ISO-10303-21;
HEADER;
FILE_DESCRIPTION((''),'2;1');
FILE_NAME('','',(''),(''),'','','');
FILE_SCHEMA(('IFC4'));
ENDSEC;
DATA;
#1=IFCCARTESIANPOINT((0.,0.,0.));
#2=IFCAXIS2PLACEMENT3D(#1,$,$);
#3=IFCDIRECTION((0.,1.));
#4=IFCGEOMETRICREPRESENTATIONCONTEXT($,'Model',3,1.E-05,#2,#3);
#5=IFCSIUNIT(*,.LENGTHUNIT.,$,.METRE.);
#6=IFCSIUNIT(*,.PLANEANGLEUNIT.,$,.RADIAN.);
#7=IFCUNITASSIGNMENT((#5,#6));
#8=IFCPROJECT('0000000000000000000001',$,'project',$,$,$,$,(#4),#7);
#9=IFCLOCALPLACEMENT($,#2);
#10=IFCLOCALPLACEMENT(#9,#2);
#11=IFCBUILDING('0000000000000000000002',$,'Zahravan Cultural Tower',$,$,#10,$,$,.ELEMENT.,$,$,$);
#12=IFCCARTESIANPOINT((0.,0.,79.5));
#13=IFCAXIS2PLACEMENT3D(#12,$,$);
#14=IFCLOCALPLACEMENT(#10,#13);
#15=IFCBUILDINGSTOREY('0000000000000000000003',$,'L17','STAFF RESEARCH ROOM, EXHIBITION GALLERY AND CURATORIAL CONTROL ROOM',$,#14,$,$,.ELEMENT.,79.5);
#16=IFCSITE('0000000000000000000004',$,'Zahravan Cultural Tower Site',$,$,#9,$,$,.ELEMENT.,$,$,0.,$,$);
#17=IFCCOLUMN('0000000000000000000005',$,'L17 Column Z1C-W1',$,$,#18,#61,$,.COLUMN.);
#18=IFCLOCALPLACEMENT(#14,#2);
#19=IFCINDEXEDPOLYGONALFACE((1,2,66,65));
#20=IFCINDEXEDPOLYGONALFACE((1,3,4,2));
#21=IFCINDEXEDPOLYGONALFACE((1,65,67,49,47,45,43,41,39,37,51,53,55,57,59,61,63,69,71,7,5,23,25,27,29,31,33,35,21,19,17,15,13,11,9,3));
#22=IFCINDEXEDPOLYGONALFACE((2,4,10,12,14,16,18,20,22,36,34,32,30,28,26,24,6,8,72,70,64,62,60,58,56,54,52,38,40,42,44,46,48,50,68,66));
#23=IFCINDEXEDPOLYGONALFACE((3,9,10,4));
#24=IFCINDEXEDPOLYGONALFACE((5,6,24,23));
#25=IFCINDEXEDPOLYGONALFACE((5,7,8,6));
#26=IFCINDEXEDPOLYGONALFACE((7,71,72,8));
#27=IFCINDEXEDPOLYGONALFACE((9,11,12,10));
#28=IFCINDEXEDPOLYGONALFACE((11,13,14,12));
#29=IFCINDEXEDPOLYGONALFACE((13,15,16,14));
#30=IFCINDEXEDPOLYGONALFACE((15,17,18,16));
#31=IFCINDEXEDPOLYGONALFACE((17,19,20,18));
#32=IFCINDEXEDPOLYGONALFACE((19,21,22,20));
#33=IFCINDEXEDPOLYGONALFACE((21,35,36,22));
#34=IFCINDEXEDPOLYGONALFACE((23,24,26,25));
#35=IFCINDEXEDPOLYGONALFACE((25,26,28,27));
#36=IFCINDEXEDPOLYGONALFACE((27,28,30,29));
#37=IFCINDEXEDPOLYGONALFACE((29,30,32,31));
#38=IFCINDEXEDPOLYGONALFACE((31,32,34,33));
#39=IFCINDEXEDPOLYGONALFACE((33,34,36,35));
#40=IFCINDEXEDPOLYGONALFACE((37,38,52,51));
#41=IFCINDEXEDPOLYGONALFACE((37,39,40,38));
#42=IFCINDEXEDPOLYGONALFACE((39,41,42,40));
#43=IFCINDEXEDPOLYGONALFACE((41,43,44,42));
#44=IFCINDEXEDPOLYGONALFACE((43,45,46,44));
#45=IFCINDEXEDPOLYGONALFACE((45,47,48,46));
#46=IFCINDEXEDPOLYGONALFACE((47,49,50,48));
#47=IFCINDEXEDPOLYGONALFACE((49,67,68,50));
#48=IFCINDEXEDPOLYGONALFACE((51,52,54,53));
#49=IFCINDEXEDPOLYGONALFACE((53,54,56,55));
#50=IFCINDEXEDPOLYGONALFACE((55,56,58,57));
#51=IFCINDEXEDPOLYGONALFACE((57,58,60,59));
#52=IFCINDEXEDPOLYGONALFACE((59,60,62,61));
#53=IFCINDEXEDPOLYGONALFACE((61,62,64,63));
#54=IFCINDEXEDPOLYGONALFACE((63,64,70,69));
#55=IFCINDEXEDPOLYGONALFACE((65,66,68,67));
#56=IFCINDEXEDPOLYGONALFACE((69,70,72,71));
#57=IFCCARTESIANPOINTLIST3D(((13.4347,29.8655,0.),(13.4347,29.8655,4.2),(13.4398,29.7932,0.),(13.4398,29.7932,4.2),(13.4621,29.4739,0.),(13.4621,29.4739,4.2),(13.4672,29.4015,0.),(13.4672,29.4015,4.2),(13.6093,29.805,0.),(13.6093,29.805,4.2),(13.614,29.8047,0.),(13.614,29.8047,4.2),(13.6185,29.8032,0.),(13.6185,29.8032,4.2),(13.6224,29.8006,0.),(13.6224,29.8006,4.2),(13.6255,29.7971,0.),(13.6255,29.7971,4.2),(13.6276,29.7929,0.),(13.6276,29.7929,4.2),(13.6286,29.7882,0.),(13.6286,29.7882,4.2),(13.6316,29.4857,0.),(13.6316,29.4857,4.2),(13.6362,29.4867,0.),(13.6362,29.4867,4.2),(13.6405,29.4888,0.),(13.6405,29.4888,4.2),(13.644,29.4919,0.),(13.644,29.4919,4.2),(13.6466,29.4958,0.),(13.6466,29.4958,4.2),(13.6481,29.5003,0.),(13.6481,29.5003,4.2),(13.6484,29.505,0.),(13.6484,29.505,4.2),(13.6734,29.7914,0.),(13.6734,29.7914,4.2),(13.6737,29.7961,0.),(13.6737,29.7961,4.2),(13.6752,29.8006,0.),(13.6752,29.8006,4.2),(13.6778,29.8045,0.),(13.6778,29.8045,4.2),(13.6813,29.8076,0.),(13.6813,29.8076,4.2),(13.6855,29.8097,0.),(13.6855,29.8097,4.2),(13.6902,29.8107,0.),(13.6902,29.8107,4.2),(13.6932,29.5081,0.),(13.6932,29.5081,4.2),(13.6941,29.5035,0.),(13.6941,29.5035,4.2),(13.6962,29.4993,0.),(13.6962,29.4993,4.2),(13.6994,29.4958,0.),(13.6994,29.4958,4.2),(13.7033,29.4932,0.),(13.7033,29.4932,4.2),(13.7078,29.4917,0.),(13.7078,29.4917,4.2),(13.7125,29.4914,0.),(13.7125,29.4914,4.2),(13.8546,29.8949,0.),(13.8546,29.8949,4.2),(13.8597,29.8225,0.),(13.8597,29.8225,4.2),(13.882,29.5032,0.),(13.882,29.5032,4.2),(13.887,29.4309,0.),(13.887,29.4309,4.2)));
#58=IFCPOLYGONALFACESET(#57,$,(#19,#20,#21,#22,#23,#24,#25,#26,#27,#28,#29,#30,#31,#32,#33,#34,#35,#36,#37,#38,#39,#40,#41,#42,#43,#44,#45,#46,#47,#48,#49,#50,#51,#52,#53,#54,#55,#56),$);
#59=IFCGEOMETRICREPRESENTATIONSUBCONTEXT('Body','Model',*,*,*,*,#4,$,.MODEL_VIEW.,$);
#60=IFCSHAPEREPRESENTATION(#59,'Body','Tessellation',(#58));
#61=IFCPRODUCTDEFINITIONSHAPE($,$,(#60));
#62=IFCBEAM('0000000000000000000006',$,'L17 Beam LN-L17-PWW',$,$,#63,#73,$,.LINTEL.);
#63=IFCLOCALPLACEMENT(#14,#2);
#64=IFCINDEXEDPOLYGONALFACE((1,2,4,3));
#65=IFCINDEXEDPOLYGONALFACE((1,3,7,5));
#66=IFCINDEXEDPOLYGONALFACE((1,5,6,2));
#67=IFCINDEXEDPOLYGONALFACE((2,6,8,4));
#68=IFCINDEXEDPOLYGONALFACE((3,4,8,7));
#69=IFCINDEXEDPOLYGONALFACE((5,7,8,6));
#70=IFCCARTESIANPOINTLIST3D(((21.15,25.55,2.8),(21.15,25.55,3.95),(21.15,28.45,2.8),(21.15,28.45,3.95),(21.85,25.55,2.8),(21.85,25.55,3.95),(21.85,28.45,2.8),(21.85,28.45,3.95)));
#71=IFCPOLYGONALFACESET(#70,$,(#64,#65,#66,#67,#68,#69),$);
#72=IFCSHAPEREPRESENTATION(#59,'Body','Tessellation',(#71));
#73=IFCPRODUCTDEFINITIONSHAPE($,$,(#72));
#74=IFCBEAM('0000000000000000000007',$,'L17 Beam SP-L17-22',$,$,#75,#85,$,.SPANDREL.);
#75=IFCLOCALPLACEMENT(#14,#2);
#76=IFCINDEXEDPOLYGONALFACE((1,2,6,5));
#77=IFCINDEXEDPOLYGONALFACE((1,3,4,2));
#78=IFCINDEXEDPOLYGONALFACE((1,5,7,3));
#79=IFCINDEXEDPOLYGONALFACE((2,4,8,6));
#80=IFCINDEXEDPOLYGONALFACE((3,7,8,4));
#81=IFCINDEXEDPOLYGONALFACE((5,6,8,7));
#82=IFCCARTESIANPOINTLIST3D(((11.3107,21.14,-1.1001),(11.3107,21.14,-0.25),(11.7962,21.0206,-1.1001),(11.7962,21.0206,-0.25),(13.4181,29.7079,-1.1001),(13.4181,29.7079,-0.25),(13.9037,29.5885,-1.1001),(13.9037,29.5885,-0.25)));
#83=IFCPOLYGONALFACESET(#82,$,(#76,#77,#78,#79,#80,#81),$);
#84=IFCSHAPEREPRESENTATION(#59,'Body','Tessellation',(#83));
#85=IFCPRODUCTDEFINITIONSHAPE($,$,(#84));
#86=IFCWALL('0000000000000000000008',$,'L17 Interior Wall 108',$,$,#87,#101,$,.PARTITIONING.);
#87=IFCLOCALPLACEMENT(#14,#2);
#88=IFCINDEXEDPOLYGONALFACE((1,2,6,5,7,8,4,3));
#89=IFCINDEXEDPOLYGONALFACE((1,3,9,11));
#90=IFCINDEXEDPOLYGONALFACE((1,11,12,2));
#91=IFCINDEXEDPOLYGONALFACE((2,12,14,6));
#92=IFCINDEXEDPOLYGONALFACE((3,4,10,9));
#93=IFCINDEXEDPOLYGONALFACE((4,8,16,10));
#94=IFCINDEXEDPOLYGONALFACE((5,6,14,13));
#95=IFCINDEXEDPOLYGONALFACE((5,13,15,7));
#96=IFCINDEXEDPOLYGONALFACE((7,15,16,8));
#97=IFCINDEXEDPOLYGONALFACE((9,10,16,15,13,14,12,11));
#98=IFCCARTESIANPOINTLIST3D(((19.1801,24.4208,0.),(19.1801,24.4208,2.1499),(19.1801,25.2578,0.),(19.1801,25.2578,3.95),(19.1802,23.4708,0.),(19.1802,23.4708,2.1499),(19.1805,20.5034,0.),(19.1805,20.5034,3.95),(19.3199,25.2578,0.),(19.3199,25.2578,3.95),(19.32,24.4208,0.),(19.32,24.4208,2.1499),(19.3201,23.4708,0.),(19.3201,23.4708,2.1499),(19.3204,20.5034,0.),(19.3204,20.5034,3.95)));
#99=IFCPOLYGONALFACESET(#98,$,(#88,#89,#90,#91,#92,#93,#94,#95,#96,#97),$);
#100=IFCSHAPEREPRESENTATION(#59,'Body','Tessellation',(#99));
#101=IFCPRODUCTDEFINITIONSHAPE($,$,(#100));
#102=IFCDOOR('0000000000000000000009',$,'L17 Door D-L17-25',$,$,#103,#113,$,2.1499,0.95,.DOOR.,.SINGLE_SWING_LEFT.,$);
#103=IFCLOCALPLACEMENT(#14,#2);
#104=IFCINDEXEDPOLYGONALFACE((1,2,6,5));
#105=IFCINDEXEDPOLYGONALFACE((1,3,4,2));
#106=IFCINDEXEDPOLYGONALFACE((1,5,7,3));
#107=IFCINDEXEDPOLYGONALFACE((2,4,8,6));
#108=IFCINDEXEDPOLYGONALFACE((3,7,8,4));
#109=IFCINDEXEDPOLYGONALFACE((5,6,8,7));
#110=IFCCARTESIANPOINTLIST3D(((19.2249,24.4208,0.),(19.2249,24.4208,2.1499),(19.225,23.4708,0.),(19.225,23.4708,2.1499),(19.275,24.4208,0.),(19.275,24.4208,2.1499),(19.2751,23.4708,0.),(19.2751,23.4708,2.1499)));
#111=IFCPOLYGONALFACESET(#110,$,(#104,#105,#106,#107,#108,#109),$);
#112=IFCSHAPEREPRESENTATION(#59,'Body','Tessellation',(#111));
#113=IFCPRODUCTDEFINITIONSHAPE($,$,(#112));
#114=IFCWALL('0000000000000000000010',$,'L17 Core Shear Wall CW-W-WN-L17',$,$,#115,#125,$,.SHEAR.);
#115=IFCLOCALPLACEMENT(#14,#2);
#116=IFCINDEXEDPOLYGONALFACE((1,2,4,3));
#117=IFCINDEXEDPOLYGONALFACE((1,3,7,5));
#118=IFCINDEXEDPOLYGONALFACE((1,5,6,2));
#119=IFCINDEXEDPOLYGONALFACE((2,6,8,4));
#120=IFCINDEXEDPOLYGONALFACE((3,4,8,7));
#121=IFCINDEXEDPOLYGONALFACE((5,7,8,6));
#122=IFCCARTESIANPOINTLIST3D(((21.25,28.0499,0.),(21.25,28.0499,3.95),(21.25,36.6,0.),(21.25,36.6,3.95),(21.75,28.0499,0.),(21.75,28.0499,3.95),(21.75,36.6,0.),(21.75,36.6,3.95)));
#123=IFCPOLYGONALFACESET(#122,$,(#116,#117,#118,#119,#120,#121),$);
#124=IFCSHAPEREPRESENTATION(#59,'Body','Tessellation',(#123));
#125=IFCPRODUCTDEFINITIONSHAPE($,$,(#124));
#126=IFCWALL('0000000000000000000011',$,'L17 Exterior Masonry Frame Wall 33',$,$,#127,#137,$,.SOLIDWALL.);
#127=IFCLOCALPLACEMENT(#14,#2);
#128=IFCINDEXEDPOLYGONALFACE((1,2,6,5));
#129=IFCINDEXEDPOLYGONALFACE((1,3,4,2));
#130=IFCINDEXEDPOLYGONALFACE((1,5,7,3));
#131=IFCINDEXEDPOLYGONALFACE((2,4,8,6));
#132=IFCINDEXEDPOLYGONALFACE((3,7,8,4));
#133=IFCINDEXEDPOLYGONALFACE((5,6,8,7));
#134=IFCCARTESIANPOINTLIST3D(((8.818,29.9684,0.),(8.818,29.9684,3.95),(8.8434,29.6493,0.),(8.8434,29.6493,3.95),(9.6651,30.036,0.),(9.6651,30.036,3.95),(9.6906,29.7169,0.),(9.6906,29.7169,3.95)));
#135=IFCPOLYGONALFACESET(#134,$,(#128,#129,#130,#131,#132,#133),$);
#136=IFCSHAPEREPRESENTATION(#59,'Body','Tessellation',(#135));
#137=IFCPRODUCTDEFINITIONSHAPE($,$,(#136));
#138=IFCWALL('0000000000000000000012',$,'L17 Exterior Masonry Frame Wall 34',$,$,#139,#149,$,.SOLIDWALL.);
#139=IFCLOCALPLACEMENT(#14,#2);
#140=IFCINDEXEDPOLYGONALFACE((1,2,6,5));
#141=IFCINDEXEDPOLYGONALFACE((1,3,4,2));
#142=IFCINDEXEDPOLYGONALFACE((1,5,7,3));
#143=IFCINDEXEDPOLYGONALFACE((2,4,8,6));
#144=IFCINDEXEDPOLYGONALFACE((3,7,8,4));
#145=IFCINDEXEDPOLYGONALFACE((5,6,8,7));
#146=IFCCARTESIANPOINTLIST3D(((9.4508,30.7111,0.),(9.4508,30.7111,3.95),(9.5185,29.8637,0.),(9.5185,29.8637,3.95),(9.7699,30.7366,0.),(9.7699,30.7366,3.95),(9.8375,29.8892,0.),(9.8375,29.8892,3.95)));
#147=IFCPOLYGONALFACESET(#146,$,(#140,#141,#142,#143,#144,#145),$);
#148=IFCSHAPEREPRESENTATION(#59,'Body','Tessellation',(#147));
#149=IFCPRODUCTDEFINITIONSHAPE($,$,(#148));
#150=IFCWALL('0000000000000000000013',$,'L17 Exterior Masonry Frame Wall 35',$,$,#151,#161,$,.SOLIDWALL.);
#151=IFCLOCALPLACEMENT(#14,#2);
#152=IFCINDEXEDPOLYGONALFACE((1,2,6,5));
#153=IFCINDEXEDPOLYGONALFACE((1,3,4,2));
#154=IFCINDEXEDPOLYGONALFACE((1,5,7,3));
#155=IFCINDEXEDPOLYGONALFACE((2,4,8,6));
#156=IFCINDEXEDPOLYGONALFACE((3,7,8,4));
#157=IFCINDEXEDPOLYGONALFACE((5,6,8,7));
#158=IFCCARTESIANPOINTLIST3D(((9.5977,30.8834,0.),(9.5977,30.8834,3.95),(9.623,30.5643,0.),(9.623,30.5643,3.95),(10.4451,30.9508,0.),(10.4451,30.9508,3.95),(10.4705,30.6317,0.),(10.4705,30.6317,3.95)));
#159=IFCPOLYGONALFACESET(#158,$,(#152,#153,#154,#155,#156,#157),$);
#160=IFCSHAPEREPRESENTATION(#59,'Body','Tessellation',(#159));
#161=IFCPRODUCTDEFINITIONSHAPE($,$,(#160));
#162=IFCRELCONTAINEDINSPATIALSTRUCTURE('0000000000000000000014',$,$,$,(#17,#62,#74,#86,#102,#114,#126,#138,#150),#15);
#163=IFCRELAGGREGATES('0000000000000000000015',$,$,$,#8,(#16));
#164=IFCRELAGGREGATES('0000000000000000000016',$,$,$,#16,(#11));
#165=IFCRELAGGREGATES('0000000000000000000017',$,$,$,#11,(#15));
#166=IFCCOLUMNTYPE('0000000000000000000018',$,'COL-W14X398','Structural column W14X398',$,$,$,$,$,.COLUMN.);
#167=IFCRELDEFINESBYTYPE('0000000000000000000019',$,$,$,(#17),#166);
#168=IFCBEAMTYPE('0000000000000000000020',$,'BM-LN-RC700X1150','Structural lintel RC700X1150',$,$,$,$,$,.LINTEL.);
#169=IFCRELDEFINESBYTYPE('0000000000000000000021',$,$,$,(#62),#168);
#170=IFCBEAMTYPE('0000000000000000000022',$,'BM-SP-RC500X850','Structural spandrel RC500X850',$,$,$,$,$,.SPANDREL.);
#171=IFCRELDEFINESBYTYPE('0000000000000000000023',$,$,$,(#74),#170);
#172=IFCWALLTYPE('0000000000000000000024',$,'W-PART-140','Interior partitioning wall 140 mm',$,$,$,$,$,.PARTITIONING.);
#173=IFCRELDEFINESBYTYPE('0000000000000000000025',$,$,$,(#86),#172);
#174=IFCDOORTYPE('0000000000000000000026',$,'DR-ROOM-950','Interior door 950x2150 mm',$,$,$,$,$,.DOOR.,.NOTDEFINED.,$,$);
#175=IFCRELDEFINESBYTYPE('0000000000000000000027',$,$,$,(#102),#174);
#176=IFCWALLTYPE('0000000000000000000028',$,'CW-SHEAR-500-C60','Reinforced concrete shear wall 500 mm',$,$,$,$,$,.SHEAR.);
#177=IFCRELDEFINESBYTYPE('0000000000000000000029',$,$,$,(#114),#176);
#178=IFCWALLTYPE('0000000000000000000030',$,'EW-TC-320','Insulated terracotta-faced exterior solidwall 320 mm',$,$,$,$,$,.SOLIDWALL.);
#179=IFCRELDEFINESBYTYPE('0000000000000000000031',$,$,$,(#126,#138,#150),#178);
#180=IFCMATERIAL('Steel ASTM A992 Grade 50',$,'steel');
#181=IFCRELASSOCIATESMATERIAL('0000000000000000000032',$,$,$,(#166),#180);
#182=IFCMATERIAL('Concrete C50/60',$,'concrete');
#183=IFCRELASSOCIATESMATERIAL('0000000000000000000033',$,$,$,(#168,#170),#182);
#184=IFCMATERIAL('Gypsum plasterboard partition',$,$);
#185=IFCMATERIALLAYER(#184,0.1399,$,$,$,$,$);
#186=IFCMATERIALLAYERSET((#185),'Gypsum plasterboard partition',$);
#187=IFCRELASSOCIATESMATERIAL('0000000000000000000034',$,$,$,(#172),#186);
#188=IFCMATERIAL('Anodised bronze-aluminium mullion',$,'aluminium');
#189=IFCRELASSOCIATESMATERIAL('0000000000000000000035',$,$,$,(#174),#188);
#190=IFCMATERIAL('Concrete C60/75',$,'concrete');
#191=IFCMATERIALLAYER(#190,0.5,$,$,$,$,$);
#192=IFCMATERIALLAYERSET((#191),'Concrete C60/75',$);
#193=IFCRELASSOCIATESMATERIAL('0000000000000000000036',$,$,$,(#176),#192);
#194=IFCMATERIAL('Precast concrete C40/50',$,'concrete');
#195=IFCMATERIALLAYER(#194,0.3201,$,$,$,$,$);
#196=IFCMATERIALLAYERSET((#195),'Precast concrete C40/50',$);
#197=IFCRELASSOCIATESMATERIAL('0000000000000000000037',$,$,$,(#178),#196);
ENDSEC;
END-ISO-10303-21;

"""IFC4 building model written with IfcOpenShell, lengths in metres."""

from ifc_helpers import new_model, si_unit, direction, frame, frame_2d, origin, origin_2d, place, context, subcontext, project, spatial, rectangle, i_section, extrude, source, transform, mapped, material, layer, layer_set, material_profile, profile_set, type_object, element, fill, save


model = new_model("IFC4")

# Units and contexts
model_context = context("Model", 3, precision=1e-05, world=origin(), true_north=direction((0.0, 1.0)))
body_context = subcontext(model_context, "Body", "Model", "MODEL_VIEW")
ifc_project = project(units=[si_unit("LENGTHUNIT", "METRE"), si_unit("PLANEANGLEUNIT", "RADIAN")], contexts=[model_context])

# Site, building, storey
site_placement = place(None, origin())
site = spatial("IfcSite", under=ifc_project, at=site_placement, Name="Zahravan Cultural Tower Site", CompositionType="ELEMENT", RefElevation=0.0)
building_placement = place(site_placement, origin())
building = spatial("IfcBuilding", under=site, at=building_placement, Name="Zahravan Cultural Tower", CompositionType="ELEMENT")
storey_placement = place(building_placement, frame((0.0, 0.0, 79.5)))
storey = spatial("IfcBuildingStorey", under=building, at=storey_placement, Name="L17", Description="STAFF RESEARCH ROOM, EXHIBITION GALLERY AND CURATORIAL CONTROL ROOM", CompositionType="ELEMENT", Elevation=79.5)

# Column
ifc_material_1 = material(Name="Steel ASTM A992 Grade 50", Category="steel")
ifc_material_profile_1 = material_profile(ifc_material_1, i_section(OverallWidth=0.4209, OverallDepth=0.4651, WebThickness=0.0449, FlangeThickness=0.0725, FilletRadius=0.0181, at=origin_2d()), Name="W14X398")
ifc_profile_set_1 = profile_set([ifc_material_profile_1], Name="Steel ASTM A992 Grade 50")
column_type = type_object("IfcColumnType", Name="COL-W14X398", Description="Structural column W14X398", PredefinedType="COLUMN", material=ifc_profile_set_1)
shared_shape_1 = source(origin(), body_context, "Body", "SweptSolid", [
    extrude(i_section(OverallWidth=0.4209, OverallDepth=0.4651, WebThickness=0.0449, FlangeThickness=0.0725, FilletRadius=0.0181, at=origin_2d()), origin(), (0.0, 0.0, 1.0), 4.2),
])
column_placement = place(storey_placement, frame((13.6609, 29.6482, 0.0), z_axis=(0.0, 0.0, 1.0), x_axis=(0.997564, 0.069756, 0.0)))
element("IfcColumn", 1, at=column_placement, inside=storey, type_object=column_type, Name="L17 Column Z1C-W1", PredefinedType="COLUMN", context=body_context, shape_type="MappedRepresentation", body=[
    mapped(shared_shape_1, transform((0.0, 0.0, 0.0), x_axis=(1.0, 0.0, 0.0), y_axis=(0.0, 1.0, 0.0), z_axis=(0.0, 0.0, 1.0), scale=1.0)),
])

# Beams
ifc_material_2 = material(Name="Concrete C50/60", Category="concrete")
ifc_material_profile_2 = material_profile(ifc_material_2, rectangle(XDim=0.7, YDim=1.1499, at=origin_2d()), Name="RC700X1150")
ifc_profile_set_2 = profile_set([ifc_material_profile_2], Name="Concrete C50/60")
beam_type_1 = type_object("IfcBeamType", Name="BM-LN-RC700X1150", Description="Structural lintel RC700X1150", PredefinedType="LINTEL", material=ifc_profile_set_2)
shared_shape_2 = source(origin(), body_context, "Body", "SweptSolid", [
    extrude(rectangle(XDim=0.7, YDim=1.1499, at=origin_2d()), origin(), (0.0, 0.0, 1.0), 2.8999),
])
beam_1_placement = place(storey_placement, frame((21.5, 25.55, 3.375), z_axis=(0.0, 1.0, 0.0), x_axis=(-1.0, 0.0, 0.0)))
element("IfcBeam", 2, at=beam_1_placement, inside=storey, type_object=beam_type_1, Name="L17 Beam LN-L17-PWW", PredefinedType="LINTEL", context=body_context, shape_type="MappedRepresentation", body=[
    mapped(shared_shape_2, transform((0.0, 0.0, 0.0), x_axis=(1.0, 0.0, 0.0), y_axis=(0.0, 1.0, 0.0), z_axis=(0.0, 0.0, 1.0), scale=1.0)),
])
ifc_material_profile_3 = material_profile(ifc_material_2, rectangle(XDim=0.5, YDim=0.8501, at=origin_2d()), Name="RC500X850")
ifc_profile_set_3 = profile_set([ifc_material_profile_3], Name="Concrete C50/60")
beam_type_2 = type_object("IfcBeamType", Name="BM-SP-RC500X850", Description="Structural spandrel RC500X850", PredefinedType="SPANDREL", material=ifc_profile_set_3)
shared_shape_3 = source(origin(), body_context, "Body", "SweptSolid", [
    extrude(rectangle(XDim=0.5, YDim=0.8501, at=origin_2d()), origin(), (0.0, 0.0, 1.0), 8.8232),
])
beam_2_placement = place(storey_placement, frame((13.6609, 29.6482, -0.675), z_axis=(-0.238849, -0.971057, 0.0), x_axis=(0.971057, -0.238849, 0.0)))
element("IfcBeam", 3, at=beam_2_placement, inside=storey, type_object=beam_type_2, Name="L17 Beam SP-L17-22", PredefinedType="SPANDREL", context=body_context, shape_type="MappedRepresentation", body=[
    mapped(shared_shape_3, transform((0.0, 0.0, 0.0), x_axis=(1.0, 0.0, 0.0), y_axis=(0.0, 1.0, 0.0), z_axis=(0.0, 0.0, 1.0), scale=1.0)),
])

# Wall, opening, door
ifc_material_3 = material(Name="Gypsum plasterboard partition")
ifc_layer_1 = layer(ifc_material_3, 0.1399)
ifc_layer_set_1 = layer_set([ifc_layer_1], Name="Gypsum plasterboard partition")
wall_type_1 = type_object("IfcWallType", Name="W-PART-140", Description="Interior partitioning wall 140 mm", PredefinedType="PARTITIONING", material=ifc_layer_set_1)
wall_1_placement = place(storey_placement, frame((19.25, 25.2578, 0.0), z_axis=(0.0, 0.0, 1.0), x_axis=(0.000103, -1.0, 0.0)))
wall_1 = element("IfcWall", 4, at=wall_1_placement, inside=storey, type_object=wall_type_1, Name="L17 Interior Wall 108", PredefinedType="PARTITIONING", context=body_context, shape_type="SweptSolid", body=[
    extrude(rectangle(XDim=4.7544, YDim=0.1399, at=frame_2d((2.3772, 0.0))), origin(), (0.0, 0.0, 1.0), 3.95),
])
opening_placement = place(wall_1_placement, frame((0.8369, 0.0, 0.0)))
opening = element("IfcOpeningElement", 5, at=opening_placement, cuts=wall_1, PredefinedType="OPENING", context=body_context, shape_type="SweptSolid", body=[
    extrude(rectangle(XDim=0.95, YDim=2.1499, at=frame_2d((0.4751, 1.075))), frame((0.0, 0.0798, 0.0), z_axis=(0.0, -1.0, 0.0), x_axis=(1.0, 0.0, 0.0)), (0.0, 0.0, 1.0), 0.1599),
])
ifc_material_4 = material(Name="Anodised bronze-aluminium mullion", Category="aluminium")
door_type = type_object("IfcDoorType", Name="DR-ROOM-950", Description="Interior door 950x2150 mm", OperationType="NOTDEFINED", PredefinedType="DOOR", material=ifc_material_4)
shared_shape_4 = source(origin(), body_context, "Body", "SweptSolid", [
    extrude(rectangle(XDim=0.95, YDim=2.1499, at=frame_2d((0.4751, 1.075))), frame((0.0, 0.0249, 0.0), z_axis=(0.0, -1.0, 0.0), x_axis=(1.0, 0.0, 0.0)), (0.0, 0.0, 1.0), 0.05),
])
door_placement = place(opening_placement, origin())
door = element("IfcDoor", 6, at=door_placement, inside=storey, type_object=door_type, Name="L17 Door D-L17-25", OperationType="SINGLE_SWING_LEFT", OverallHeight=2.1499, OverallWidth=0.95, PredefinedType="DOOR", context=body_context, shape_type="MappedRepresentation", body=[
    mapped(shared_shape_4, transform((0.0, 0.0, 0.0), x_axis=(1.0, 0.0, 0.0), y_axis=(0.0, 1.0, 0.0), z_axis=(0.0, 0.0, 1.0), scale=1.0)),
])
fill(opening, door)

# Walls
ifc_material_5 = material(Name="Concrete C60/75", Category="concrete")
ifc_layer_2 = layer(ifc_material_5, 0.5)
ifc_layer_set_2 = layer_set([ifc_layer_2], Name="Concrete C60/75")
wall_type_2 = type_object("IfcWallType", Name="CW-SHEAR-500-C60", Description="Reinforced concrete shear wall 500 mm", PredefinedType="SHEAR", material=ifc_layer_set_2)
shared_shape_5 = source(origin(), body_context, "Body", "SweptSolid", [
    extrude(rectangle(XDim=8.55, YDim=0.5, at=frame_2d((4.2749, 0.0))), origin(), (0.0, 0.0, 1.0), 3.95),
])
wall_2_placement = place(storey_placement, frame((21.5, 28.05, 0.0), z_axis=(0.0, 0.0, 1.0), x_axis=(0.0, 1.0, 0.0)))
element("IfcWall", 7, at=wall_2_placement, inside=storey, type_object=wall_type_2, Name="L17 Core Shear Wall CW-W-WN-L17", PredefinedType="SHEAR", context=body_context, shape_type="MappedRepresentation", body=[
    mapped(shared_shape_5, transform((0.0, 0.0, 0.0), x_axis=(1.0, 0.0, 0.0), y_axis=(0.0, 1.0, 0.0), z_axis=(0.0, 0.0, 1.0), scale=1.0)),
])
ifc_material_6 = material(Name="Precast concrete C40/50", Category="concrete")
ifc_layer_3 = layer(ifc_material_6, 0.3201)
ifc_layer_set_3 = layer_set([ifc_layer_3], Name="Precast concrete C40/50")
wall_type_3 = type_object("IfcWallType", Name="EW-TC-320", Description="Insulated terracotta-faced exterior solidwall 320 mm", PredefinedType="SOLIDWALL", material=ifc_layer_set_3)
shared_shape_6 = source(origin(), body_context, "Body", "SweptSolid", [
    extrude(rectangle(XDim=0.8499, YDim=0.3201, at=frame_2d((0.4248, 0.0))), origin(), (0.0, 0.0, 1.0), 3.95),
])
wall_3_placement = place(storey_placement, frame((8.8308, 29.8088, 0.0), z_axis=(0.0, 0.0, 1.0), x_axis=(0.996829, 0.079574, 0.0)))
element("IfcWall", 8, at=wall_3_placement, inside=storey, type_object=wall_type_3, Name="L17 Exterior Masonry Frame Wall 33", PredefinedType="SOLIDWALL", context=body_context, shape_type="MappedRepresentation", body=[
    mapped(shared_shape_6, transform((0.0, 0.0, 0.0), x_axis=(1.0, 0.0, 0.0), y_axis=(0.0, 1.0, 0.0), z_axis=(0.0, 0.0, 1.0), scale=1.0)),
])
shared_shape_7 = source(origin(), body_context, "Body", "SweptSolid", [
    extrude(rectangle(XDim=0.8501, YDim=0.3201, at=frame_2d((0.425, 0.0))), origin(), (0.0, 0.0, 1.0), 3.95),
])
for number, where, z_axis, x_axis, name in (
    (9, (9.678, 29.8765, 0.0), (0.0, 0.0, 1.0), (-0.079551, 0.996831, 0.0), "L17 Exterior Masonry Frame Wall 34"),
    (10, (9.6104, 30.7239, 0.0), (0.0, 0.0, 1.0), (0.996854, 0.079266, 0.0), "L17 Exterior Masonry Frame Wall 35"),
):
    element("IfcWall", number, at=place(storey_placement, frame(where, z_axis=z_axis, x_axis=x_axis)), inside=storey, type_object=wall_type_3, Name=name, PredefinedType="SOLIDWALL", context=body_context, shape_type="MappedRepresentation", body=[
        mapped(shared_shape_7, transform((0.0, 0.0, 0.0), x_axis=(1.0, 0.0, 0.0), y_axis=(0.0, 1.0, 0.0), z_axis=(0.0, 0.0, 1.0), scale=1.0)),
    ])

save(model, "model.ifc")
